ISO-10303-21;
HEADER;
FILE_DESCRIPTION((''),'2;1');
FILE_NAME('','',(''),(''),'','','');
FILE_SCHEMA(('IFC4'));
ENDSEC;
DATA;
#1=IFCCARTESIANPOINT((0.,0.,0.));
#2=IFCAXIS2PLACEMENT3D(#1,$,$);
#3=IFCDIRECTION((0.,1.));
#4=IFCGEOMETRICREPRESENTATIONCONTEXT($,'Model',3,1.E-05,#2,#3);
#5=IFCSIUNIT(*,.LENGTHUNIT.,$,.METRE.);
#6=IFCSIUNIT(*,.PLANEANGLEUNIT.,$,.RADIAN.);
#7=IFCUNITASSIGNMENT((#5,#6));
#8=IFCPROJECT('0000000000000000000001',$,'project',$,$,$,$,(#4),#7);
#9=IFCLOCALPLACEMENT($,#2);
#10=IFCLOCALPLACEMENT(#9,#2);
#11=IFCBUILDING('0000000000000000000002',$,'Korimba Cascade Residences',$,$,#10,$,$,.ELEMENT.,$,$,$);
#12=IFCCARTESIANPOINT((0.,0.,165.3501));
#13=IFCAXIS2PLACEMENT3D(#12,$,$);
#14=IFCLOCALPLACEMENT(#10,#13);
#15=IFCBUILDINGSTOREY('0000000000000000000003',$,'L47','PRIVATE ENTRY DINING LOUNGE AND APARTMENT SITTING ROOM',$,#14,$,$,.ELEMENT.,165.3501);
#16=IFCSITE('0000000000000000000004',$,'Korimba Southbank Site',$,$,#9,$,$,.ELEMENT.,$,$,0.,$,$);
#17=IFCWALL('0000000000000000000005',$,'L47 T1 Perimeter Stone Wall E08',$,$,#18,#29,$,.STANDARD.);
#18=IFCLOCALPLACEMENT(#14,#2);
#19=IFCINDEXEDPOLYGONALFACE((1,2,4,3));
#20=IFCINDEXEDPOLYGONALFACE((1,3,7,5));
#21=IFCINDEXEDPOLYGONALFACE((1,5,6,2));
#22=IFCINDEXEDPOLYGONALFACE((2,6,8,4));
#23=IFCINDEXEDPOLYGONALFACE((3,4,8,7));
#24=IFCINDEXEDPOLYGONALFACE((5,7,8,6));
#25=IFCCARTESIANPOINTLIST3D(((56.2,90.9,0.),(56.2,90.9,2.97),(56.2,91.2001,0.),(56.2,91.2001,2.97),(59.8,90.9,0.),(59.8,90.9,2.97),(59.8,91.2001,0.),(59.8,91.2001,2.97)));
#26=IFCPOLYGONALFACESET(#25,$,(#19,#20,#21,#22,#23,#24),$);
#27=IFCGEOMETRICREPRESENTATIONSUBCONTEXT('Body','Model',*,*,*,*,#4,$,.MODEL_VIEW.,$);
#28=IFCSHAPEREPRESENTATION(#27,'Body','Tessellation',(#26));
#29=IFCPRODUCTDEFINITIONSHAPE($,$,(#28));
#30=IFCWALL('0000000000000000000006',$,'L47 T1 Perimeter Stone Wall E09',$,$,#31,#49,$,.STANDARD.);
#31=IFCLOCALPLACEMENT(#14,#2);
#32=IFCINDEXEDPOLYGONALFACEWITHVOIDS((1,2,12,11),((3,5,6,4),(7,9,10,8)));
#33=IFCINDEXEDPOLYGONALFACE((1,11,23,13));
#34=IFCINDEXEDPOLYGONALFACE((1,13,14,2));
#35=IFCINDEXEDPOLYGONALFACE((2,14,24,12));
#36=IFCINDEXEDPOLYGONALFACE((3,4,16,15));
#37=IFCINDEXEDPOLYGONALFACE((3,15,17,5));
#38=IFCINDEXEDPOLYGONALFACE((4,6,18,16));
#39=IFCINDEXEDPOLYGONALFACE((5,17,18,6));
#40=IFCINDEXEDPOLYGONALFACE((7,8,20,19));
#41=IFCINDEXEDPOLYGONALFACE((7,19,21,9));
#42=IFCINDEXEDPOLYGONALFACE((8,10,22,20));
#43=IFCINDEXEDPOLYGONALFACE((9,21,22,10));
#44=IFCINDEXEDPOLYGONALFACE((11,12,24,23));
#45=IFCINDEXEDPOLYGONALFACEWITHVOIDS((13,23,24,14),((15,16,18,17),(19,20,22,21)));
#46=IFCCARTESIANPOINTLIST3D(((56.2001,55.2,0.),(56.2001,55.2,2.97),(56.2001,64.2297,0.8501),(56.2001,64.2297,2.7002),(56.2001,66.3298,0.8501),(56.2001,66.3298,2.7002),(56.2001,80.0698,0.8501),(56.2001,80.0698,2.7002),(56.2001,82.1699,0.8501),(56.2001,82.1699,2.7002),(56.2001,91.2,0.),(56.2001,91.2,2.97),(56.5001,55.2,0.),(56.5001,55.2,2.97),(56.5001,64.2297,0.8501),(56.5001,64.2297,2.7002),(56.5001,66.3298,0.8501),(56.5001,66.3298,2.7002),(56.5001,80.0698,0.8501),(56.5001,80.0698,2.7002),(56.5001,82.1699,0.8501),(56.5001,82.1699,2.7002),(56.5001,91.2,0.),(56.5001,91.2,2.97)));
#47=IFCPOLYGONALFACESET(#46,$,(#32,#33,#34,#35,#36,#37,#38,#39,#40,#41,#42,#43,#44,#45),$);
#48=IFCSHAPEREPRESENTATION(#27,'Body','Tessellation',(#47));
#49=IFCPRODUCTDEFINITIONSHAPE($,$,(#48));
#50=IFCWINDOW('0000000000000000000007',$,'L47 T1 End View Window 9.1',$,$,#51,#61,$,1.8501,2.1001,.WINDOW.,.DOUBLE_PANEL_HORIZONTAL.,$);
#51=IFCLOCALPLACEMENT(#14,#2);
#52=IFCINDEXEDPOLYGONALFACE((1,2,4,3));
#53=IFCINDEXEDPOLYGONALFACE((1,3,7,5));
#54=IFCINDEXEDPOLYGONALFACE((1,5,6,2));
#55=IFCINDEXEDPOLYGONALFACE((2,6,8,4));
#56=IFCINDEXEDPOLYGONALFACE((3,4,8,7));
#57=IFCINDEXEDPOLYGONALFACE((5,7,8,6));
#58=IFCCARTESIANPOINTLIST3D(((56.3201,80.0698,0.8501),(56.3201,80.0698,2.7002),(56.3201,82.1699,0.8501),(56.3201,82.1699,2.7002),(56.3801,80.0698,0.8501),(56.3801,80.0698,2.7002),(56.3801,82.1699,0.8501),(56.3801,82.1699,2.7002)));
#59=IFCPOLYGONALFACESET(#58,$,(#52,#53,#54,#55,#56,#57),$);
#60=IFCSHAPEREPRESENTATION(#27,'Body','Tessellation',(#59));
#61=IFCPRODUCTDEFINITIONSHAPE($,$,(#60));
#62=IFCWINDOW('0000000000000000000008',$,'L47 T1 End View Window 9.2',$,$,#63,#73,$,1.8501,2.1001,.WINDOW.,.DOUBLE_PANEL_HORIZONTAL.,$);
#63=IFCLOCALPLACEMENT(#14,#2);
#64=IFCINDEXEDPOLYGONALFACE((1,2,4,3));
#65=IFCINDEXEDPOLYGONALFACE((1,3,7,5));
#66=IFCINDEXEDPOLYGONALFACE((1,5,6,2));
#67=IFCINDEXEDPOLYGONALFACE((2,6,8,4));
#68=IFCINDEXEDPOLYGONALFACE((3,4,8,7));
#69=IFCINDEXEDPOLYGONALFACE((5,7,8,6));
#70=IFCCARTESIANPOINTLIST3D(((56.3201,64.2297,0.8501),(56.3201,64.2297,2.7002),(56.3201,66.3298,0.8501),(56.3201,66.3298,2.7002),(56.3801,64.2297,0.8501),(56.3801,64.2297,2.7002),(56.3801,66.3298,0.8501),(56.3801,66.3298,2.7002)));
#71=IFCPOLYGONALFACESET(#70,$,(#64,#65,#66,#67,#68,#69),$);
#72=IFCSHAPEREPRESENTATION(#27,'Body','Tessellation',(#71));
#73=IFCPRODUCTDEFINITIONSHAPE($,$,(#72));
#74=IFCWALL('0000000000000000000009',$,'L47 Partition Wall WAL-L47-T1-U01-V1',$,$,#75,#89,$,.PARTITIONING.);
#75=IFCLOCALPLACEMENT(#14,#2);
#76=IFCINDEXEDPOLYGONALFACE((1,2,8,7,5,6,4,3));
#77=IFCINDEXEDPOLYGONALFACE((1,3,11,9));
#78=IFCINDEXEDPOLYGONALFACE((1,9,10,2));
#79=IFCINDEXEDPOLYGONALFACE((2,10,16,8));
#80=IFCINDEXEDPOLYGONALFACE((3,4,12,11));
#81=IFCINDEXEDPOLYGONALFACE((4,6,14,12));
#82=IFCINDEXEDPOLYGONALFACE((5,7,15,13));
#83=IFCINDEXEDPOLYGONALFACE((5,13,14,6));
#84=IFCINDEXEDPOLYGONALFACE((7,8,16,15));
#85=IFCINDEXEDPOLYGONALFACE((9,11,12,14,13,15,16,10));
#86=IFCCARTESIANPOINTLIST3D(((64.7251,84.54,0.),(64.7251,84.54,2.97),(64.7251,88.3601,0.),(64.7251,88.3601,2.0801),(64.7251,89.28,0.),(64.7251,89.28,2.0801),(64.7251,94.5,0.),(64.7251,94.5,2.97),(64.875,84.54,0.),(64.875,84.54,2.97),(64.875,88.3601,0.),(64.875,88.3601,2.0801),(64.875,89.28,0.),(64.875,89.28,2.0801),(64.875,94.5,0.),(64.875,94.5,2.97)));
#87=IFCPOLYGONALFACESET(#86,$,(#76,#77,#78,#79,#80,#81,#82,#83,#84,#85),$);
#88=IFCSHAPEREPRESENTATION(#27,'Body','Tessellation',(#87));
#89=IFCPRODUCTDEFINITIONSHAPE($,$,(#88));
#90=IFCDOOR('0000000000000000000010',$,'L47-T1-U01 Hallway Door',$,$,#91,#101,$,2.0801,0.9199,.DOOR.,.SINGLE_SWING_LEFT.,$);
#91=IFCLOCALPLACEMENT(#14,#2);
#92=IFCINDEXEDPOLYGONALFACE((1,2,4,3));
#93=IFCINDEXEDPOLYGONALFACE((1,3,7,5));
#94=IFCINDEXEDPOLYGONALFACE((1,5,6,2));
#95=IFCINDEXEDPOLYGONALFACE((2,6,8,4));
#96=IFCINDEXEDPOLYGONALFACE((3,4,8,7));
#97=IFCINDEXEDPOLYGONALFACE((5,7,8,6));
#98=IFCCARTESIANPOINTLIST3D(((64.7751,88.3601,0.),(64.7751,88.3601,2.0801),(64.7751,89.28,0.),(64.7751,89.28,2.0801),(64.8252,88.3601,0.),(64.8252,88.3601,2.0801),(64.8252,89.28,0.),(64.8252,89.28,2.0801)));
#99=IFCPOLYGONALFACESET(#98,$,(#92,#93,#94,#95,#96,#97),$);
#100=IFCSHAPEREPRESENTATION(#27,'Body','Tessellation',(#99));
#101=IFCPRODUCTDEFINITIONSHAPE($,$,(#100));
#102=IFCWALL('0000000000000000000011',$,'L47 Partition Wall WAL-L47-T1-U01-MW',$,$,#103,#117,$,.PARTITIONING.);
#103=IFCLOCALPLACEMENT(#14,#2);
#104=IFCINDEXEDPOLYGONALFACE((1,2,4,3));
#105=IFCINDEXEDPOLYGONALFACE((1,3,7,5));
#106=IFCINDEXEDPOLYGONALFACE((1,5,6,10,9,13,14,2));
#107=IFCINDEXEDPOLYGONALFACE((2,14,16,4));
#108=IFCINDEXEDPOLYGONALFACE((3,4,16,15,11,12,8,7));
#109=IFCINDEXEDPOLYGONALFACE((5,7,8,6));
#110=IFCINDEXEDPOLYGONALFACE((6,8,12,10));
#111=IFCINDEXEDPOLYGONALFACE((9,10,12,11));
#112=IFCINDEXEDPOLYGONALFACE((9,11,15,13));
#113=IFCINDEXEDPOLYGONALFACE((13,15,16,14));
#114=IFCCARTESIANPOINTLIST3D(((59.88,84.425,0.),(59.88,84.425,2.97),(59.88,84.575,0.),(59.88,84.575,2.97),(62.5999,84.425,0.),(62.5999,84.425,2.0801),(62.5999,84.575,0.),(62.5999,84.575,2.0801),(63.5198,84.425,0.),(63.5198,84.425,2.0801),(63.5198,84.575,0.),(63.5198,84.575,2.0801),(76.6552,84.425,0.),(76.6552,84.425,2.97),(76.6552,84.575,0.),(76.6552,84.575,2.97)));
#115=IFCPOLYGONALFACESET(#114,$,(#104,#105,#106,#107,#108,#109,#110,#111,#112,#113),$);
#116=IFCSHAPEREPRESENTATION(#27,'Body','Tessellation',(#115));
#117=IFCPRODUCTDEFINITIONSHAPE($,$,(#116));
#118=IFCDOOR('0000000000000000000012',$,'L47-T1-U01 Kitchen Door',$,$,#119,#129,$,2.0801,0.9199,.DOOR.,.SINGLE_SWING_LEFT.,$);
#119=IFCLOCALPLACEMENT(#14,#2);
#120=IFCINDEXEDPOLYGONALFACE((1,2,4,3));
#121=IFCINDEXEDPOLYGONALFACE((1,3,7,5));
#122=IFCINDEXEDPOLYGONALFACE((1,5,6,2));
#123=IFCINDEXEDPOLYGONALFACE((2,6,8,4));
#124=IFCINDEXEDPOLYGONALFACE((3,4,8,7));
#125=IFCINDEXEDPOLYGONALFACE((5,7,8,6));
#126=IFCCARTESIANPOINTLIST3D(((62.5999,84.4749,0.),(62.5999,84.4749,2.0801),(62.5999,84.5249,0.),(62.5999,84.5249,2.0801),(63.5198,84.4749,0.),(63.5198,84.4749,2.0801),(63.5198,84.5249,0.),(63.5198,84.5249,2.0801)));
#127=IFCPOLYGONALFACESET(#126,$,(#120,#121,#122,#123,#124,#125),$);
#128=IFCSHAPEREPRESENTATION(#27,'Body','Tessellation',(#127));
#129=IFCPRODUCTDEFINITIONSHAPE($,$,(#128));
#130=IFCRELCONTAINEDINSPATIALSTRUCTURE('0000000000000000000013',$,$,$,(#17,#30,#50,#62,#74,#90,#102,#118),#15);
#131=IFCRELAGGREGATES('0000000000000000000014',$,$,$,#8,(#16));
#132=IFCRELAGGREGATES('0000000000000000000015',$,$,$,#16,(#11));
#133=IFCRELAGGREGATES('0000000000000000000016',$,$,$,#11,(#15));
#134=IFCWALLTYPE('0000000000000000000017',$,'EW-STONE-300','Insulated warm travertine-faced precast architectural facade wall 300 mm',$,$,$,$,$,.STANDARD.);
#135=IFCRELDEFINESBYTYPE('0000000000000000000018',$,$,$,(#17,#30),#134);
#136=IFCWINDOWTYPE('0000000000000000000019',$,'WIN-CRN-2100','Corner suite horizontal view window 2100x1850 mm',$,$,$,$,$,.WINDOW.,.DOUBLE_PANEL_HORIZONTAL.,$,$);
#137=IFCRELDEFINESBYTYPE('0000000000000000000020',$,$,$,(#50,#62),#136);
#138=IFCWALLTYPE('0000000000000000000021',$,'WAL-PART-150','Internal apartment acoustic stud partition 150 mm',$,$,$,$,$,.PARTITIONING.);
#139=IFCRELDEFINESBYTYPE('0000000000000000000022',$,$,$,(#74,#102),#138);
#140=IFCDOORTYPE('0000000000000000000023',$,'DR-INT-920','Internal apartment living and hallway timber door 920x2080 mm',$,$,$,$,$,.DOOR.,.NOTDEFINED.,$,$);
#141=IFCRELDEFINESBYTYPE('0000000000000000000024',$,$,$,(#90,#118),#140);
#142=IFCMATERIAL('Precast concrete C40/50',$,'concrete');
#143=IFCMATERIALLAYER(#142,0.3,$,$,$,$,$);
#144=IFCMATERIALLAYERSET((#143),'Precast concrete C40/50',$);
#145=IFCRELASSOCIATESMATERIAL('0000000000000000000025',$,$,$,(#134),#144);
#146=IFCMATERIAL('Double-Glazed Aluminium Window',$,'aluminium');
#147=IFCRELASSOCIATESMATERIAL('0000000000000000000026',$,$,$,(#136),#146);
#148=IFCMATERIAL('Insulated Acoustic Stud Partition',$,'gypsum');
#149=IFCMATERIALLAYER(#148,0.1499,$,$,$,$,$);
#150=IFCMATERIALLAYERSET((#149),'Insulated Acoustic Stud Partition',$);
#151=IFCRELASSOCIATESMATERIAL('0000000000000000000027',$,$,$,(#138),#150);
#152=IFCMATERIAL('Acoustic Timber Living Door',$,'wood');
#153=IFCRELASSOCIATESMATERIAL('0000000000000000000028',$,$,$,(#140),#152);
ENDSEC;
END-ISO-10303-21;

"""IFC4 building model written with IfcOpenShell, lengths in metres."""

from ifc_helpers import new_model, si_unit, direction, frame, frame_2d, origin, place, context, subcontext, project, spatial, rectangle, extrude, material, layer, layer_set, type_object, element, fill, save


model = new_model("IFC4")

# Units and contexts
model_context = context("Model", 3, precision=1e-05, world=origin(), true_north=direction((0.0, 1.0)))
body_context = subcontext(model_context, "Body", "Model", "MODEL_VIEW")
ifc_project = project(units=[si_unit("LENGTHUNIT", "METRE"), si_unit("PLANEANGLEUNIT", "RADIAN")], contexts=[model_context])

# Site, building, storey
site_placement = place(None, origin())
site = spatial("IfcSite", under=ifc_project, at=site_placement, Name="Korimba Southbank Site", CompositionType="ELEMENT", RefElevation=0.0)
building_placement = place(site_placement, origin())
building = spatial("IfcBuilding", under=site, at=building_placement, Name="Korimba Cascade Residences", CompositionType="ELEMENT")
storey_placement = place(building_placement, frame((0.0, 0.0, 165.3501)))
storey = spatial("IfcBuildingStorey", under=building, at=storey_placement, Name="L47", Description="PRIVATE ENTRY DINING LOUNGE AND APARTMENT SITTING ROOM", CompositionType="ELEMENT", Elevation=165.3501)

# Wall
ifc_material_1 = material(Name="Precast concrete C40/50", Category="concrete")
ifc_layer_1 = layer(ifc_material_1, 0.3)
ifc_layer_set_1 = layer_set([ifc_layer_1], Name="Precast concrete C40/50")
wall_type_1 = type_object("IfcWallType", Name="EW-STONE-300", Description="Insulated warm travertine-faced precast architectural facade wall 300 mm", PredefinedType="STANDARD", material=ifc_layer_set_1)
for number, where, z_axis, x_axis, name in (
    (1, (59.8, 91.05, 0.0), (0.0, 0.0, 1.0), (-1.0, 0.0, 0.0), "L47 T1 Perimeter Stone Wall E08"),
):
    element("IfcWall", number, at=place(storey_placement, frame(where, z_axis=z_axis, x_axis=x_axis)), inside=storey, type_object=wall_type_1, Name=name, PredefinedType="STANDARD", context=body_context, shape_type="SweptSolid", body=[
        extrude(rectangle(XDim=3.6001, YDim=0.3, at=frame_2d((1.8, 0.0))), origin(), (0.0, 0.0, 1.0), 2.97),
    ])

# Wall, openings, windows
wall_1_placement = place(storey_placement, frame((56.3501, 91.2, 0.0), z_axis=(0.0, 0.0, 1.0), x_axis=(0.0, -1.0, 0.0)))
wall_1 = element("IfcWall", 2, at=wall_1_placement, inside=storey, type_object=wall_type_1, Name="L47 T1 Perimeter Stone Wall E09", PredefinedType="STANDARD", context=body_context, shape_type="SweptSolid", body=[
    extrude(rectangle(XDim=36.0, YDim=0.3, at=frame_2d((18.0, 0.0))), origin(), (0.0, 0.0, 1.0), 2.97),
])
opening_1_placement = place(wall_1_placement, frame((9.03, 0.0, 0.8501)))
opening_1 = element("IfcOpeningElement", 3, at=opening_1_placement, cuts=wall_1, PredefinedType="OPENING", context=body_context, shape_type="SweptSolid", body=[
    extrude(rectangle(XDim=2.1001, YDim=1.8501, at=frame_2d((1.05, 0.925))), frame((0.0, 0.1602, 0.0), z_axis=(0.0, -1.0, 0.0), x_axis=(1.0, 0.0, 0.0)), (0.0, 0.0, 1.0), 0.3201),
])
opening_2_placement = place(wall_1_placement, frame((24.8701, 0.0, 0.8501)))
opening_2 = element("IfcOpeningElement", 4, at=opening_2_placement, cuts=wall_1, PredefinedType="OPENING", context=body_context, shape_type="SweptSolid", body=[
    extrude(rectangle(XDim=2.1001, YDim=1.8501, at=frame_2d((1.05, 0.925))), frame((0.0, 0.1602, 0.0), z_axis=(0.0, -1.0, 0.0), x_axis=(1.0, 0.0, 0.0)), (0.0, 0.0, 1.0), 0.3201),
])
ifc_material_2 = material(Name="Double-Glazed Aluminium Window", Category="aluminium")
window_type = type_object("IfcWindowType", Name="WIN-CRN-2100", Description="Corner suite horizontal view window 2100x1850 mm", PartitioningType="DOUBLE_PANEL_HORIZONTAL", PredefinedType="WINDOW", material=ifc_material_2)
window_1_placement = place(opening_1_placement, origin())
window_1 = element("IfcWindow", 5, at=window_1_placement, inside=storey, type_object=window_type, Name="L47 T1 End View Window 9.1", OverallHeight=1.8501, OverallWidth=2.1001, PartitioningType="DOUBLE_PANEL_HORIZONTAL", PredefinedType="WINDOW", context=body_context, shape_type="SweptSolid", body=[
    extrude(rectangle(XDim=2.1001, YDim=1.8501, at=frame_2d((1.05, 0.925))), frame((0.0, 0.03, 0.0), z_axis=(0.0, -1.0, 0.0), x_axis=(1.0, 0.0, 0.0)), (0.0, 0.0, 1.0), 0.0601),
])
fill(opening_1, window_1)
window_2_placement = place(opening_2_placement, origin())
window_2 = element("IfcWindow", 6, at=window_2_placement, inside=storey, type_object=window_type, Name="L47 T1 End View Window 9.2", OverallHeight=1.8501, OverallWidth=2.1001, PartitioningType="DOUBLE_PANEL_HORIZONTAL", PredefinedType="WINDOW", context=body_context, shape_type="SweptSolid", body=[
    extrude(rectangle(XDim=2.1001, YDim=1.8501, at=frame_2d((1.05, 0.925))), frame((0.0, 0.03, 0.0), z_axis=(0.0, -1.0, 0.0), x_axis=(1.0, 0.0, 0.0)), (0.0, 0.0, 1.0), 0.0601),
])
fill(opening_2, window_2)

# Walls, openings, doors
ifc_material_3 = material(Name="Insulated Acoustic Stud Partition", Category="gypsum")
ifc_layer_2 = layer(ifc_material_3, 0.1499)
ifc_layer_set_2 = layer_set([ifc_layer_2], Name="Insulated Acoustic Stud Partition")
wall_type_2 = type_object("IfcWallType", Name="WAL-PART-150", Description="Internal apartment acoustic stud partition 150 mm", PredefinedType="PARTITIONING", material=ifc_layer_set_2)
wall_2_placement = place(storey_placement, frame((64.8, 84.54, 0.0), z_axis=(0.0, 0.0, 1.0), x_axis=(0.0, 1.0, 0.0)))
wall_2 = element("IfcWall", 7, at=wall_2_placement, inside=storey, type_object=wall_type_2, Name="L47 Partition Wall WAL-L47-T1-U01-V1", PredefinedType="PARTITIONING", context=body_context, shape_type="SweptSolid", body=[
    extrude(rectangle(XDim=9.96, YDim=0.1499, at=frame_2d((4.98, 0.0))), origin(), (0.0, 0.0, 1.0), 2.97),
])
opening_3_placement = place(wall_2_placement, frame((3.8201, 0.0, 0.0)))
opening_3 = element("IfcOpeningElement", 8, at=opening_3_placement, cuts=wall_2, PredefinedType="OPENING", context=body_context, shape_type="SweptSolid", body=[
    extrude(rectangle(XDim=0.9199, YDim=2.0801, at=frame_2d((0.46, 1.04))), frame((0.0, 0.085, 0.0), z_axis=(0.0, -1.0, 0.0), x_axis=(1.0, 0.0, 0.0)), (0.0, 0.0, 1.0), 0.1699),
])
ifc_material_4 = material(Name="Acoustic Timber Living Door", Category="wood")
door_type_1 = type_object("IfcDoorType", Name="DR-INT-920", Description="Internal apartment living and hallway timber door 920x2080 mm", OperationType="NOTDEFINED", PredefinedType="DOOR", material=ifc_material_4)
door_1_placement = place(opening_3_placement, origin())
door_1 = element("IfcDoor", 9, at=door_1_placement, inside=storey, type_object=door_type_1, Name="L47-T1-U01 Hallway Door", OperationType="SINGLE_SWING_LEFT", OverallHeight=2.0801, OverallWidth=0.9199, PredefinedType="DOOR", context=body_context, shape_type="SweptSolid", body=[
    extrude(rectangle(XDim=0.9199, YDim=2.0801, at=frame_2d((0.46, 1.04))), frame((0.0, 0.0249, 0.0), z_axis=(0.0, -1.0, 0.0), x_axis=(1.0, 0.0, 0.0)), (0.0, 0.0, 1.0), 0.05),
])
fill(opening_3, door_1)
wall_3_placement = place(storey_placement, frame((59.8799, 84.5, 0.0), z_axis=(0.0, 0.0, 1.0), x_axis=(1.0, 0.0, 0.0)))
wall_3 = element("IfcWall", 10, at=wall_3_placement, inside=storey, type_object=wall_type_2, Name="L47 Partition Wall WAL-L47-T1-U01-MW", PredefinedType="PARTITIONING", context=body_context, shape_type="SweptSolid", body=[
    extrude(rectangle(XDim=16.7751, YDim=0.1499, at=frame_2d((8.3877, 0.0))), origin(), (0.0, 0.0, 1.0), 2.97),
])
opening_4_placement = place(wall_3_placement, frame((2.72, 0.0, 0.0)))
opening_4 = element("IfcOpeningElement", 11, at=opening_4_placement, cuts=wall_3, PredefinedType="OPENING", context=body_context, shape_type="SweptSolid", body=[
    extrude(rectangle(XDim=0.9199, YDim=2.0801, at=frame_2d((0.46, 1.04))), frame((0.0, 0.085, 0.0), z_axis=(0.0, -1.0, 0.0), x_axis=(1.0, 0.0, 0.0)), (0.0, 0.0, 1.0), 0.1699),
])
door_2_placement = place(opening_4_placement, origin())
door_2 = element("IfcDoor", 12, at=door_2_placement, inside=storey, type_object=door_type_1, Name="L47-T1-U01 Kitchen Door", OperationType="SINGLE_SWING_LEFT", OverallHeight=2.0801, OverallWidth=0.9199, PredefinedType="DOOR", context=body_context, shape_type="SweptSolid", body=[
    extrude(rectangle(XDim=0.9199, YDim=2.0801, at=frame_2d((0.46, 1.04))), frame((0.0, 0.0249, 0.0), z_axis=(0.0, -1.0, 0.0), x_axis=(1.0, 0.0, 0.0)), (0.0, 0.0, 1.0), 0.05),
])
fill(opening_4, door_2)

save(model, "model.ifc")
